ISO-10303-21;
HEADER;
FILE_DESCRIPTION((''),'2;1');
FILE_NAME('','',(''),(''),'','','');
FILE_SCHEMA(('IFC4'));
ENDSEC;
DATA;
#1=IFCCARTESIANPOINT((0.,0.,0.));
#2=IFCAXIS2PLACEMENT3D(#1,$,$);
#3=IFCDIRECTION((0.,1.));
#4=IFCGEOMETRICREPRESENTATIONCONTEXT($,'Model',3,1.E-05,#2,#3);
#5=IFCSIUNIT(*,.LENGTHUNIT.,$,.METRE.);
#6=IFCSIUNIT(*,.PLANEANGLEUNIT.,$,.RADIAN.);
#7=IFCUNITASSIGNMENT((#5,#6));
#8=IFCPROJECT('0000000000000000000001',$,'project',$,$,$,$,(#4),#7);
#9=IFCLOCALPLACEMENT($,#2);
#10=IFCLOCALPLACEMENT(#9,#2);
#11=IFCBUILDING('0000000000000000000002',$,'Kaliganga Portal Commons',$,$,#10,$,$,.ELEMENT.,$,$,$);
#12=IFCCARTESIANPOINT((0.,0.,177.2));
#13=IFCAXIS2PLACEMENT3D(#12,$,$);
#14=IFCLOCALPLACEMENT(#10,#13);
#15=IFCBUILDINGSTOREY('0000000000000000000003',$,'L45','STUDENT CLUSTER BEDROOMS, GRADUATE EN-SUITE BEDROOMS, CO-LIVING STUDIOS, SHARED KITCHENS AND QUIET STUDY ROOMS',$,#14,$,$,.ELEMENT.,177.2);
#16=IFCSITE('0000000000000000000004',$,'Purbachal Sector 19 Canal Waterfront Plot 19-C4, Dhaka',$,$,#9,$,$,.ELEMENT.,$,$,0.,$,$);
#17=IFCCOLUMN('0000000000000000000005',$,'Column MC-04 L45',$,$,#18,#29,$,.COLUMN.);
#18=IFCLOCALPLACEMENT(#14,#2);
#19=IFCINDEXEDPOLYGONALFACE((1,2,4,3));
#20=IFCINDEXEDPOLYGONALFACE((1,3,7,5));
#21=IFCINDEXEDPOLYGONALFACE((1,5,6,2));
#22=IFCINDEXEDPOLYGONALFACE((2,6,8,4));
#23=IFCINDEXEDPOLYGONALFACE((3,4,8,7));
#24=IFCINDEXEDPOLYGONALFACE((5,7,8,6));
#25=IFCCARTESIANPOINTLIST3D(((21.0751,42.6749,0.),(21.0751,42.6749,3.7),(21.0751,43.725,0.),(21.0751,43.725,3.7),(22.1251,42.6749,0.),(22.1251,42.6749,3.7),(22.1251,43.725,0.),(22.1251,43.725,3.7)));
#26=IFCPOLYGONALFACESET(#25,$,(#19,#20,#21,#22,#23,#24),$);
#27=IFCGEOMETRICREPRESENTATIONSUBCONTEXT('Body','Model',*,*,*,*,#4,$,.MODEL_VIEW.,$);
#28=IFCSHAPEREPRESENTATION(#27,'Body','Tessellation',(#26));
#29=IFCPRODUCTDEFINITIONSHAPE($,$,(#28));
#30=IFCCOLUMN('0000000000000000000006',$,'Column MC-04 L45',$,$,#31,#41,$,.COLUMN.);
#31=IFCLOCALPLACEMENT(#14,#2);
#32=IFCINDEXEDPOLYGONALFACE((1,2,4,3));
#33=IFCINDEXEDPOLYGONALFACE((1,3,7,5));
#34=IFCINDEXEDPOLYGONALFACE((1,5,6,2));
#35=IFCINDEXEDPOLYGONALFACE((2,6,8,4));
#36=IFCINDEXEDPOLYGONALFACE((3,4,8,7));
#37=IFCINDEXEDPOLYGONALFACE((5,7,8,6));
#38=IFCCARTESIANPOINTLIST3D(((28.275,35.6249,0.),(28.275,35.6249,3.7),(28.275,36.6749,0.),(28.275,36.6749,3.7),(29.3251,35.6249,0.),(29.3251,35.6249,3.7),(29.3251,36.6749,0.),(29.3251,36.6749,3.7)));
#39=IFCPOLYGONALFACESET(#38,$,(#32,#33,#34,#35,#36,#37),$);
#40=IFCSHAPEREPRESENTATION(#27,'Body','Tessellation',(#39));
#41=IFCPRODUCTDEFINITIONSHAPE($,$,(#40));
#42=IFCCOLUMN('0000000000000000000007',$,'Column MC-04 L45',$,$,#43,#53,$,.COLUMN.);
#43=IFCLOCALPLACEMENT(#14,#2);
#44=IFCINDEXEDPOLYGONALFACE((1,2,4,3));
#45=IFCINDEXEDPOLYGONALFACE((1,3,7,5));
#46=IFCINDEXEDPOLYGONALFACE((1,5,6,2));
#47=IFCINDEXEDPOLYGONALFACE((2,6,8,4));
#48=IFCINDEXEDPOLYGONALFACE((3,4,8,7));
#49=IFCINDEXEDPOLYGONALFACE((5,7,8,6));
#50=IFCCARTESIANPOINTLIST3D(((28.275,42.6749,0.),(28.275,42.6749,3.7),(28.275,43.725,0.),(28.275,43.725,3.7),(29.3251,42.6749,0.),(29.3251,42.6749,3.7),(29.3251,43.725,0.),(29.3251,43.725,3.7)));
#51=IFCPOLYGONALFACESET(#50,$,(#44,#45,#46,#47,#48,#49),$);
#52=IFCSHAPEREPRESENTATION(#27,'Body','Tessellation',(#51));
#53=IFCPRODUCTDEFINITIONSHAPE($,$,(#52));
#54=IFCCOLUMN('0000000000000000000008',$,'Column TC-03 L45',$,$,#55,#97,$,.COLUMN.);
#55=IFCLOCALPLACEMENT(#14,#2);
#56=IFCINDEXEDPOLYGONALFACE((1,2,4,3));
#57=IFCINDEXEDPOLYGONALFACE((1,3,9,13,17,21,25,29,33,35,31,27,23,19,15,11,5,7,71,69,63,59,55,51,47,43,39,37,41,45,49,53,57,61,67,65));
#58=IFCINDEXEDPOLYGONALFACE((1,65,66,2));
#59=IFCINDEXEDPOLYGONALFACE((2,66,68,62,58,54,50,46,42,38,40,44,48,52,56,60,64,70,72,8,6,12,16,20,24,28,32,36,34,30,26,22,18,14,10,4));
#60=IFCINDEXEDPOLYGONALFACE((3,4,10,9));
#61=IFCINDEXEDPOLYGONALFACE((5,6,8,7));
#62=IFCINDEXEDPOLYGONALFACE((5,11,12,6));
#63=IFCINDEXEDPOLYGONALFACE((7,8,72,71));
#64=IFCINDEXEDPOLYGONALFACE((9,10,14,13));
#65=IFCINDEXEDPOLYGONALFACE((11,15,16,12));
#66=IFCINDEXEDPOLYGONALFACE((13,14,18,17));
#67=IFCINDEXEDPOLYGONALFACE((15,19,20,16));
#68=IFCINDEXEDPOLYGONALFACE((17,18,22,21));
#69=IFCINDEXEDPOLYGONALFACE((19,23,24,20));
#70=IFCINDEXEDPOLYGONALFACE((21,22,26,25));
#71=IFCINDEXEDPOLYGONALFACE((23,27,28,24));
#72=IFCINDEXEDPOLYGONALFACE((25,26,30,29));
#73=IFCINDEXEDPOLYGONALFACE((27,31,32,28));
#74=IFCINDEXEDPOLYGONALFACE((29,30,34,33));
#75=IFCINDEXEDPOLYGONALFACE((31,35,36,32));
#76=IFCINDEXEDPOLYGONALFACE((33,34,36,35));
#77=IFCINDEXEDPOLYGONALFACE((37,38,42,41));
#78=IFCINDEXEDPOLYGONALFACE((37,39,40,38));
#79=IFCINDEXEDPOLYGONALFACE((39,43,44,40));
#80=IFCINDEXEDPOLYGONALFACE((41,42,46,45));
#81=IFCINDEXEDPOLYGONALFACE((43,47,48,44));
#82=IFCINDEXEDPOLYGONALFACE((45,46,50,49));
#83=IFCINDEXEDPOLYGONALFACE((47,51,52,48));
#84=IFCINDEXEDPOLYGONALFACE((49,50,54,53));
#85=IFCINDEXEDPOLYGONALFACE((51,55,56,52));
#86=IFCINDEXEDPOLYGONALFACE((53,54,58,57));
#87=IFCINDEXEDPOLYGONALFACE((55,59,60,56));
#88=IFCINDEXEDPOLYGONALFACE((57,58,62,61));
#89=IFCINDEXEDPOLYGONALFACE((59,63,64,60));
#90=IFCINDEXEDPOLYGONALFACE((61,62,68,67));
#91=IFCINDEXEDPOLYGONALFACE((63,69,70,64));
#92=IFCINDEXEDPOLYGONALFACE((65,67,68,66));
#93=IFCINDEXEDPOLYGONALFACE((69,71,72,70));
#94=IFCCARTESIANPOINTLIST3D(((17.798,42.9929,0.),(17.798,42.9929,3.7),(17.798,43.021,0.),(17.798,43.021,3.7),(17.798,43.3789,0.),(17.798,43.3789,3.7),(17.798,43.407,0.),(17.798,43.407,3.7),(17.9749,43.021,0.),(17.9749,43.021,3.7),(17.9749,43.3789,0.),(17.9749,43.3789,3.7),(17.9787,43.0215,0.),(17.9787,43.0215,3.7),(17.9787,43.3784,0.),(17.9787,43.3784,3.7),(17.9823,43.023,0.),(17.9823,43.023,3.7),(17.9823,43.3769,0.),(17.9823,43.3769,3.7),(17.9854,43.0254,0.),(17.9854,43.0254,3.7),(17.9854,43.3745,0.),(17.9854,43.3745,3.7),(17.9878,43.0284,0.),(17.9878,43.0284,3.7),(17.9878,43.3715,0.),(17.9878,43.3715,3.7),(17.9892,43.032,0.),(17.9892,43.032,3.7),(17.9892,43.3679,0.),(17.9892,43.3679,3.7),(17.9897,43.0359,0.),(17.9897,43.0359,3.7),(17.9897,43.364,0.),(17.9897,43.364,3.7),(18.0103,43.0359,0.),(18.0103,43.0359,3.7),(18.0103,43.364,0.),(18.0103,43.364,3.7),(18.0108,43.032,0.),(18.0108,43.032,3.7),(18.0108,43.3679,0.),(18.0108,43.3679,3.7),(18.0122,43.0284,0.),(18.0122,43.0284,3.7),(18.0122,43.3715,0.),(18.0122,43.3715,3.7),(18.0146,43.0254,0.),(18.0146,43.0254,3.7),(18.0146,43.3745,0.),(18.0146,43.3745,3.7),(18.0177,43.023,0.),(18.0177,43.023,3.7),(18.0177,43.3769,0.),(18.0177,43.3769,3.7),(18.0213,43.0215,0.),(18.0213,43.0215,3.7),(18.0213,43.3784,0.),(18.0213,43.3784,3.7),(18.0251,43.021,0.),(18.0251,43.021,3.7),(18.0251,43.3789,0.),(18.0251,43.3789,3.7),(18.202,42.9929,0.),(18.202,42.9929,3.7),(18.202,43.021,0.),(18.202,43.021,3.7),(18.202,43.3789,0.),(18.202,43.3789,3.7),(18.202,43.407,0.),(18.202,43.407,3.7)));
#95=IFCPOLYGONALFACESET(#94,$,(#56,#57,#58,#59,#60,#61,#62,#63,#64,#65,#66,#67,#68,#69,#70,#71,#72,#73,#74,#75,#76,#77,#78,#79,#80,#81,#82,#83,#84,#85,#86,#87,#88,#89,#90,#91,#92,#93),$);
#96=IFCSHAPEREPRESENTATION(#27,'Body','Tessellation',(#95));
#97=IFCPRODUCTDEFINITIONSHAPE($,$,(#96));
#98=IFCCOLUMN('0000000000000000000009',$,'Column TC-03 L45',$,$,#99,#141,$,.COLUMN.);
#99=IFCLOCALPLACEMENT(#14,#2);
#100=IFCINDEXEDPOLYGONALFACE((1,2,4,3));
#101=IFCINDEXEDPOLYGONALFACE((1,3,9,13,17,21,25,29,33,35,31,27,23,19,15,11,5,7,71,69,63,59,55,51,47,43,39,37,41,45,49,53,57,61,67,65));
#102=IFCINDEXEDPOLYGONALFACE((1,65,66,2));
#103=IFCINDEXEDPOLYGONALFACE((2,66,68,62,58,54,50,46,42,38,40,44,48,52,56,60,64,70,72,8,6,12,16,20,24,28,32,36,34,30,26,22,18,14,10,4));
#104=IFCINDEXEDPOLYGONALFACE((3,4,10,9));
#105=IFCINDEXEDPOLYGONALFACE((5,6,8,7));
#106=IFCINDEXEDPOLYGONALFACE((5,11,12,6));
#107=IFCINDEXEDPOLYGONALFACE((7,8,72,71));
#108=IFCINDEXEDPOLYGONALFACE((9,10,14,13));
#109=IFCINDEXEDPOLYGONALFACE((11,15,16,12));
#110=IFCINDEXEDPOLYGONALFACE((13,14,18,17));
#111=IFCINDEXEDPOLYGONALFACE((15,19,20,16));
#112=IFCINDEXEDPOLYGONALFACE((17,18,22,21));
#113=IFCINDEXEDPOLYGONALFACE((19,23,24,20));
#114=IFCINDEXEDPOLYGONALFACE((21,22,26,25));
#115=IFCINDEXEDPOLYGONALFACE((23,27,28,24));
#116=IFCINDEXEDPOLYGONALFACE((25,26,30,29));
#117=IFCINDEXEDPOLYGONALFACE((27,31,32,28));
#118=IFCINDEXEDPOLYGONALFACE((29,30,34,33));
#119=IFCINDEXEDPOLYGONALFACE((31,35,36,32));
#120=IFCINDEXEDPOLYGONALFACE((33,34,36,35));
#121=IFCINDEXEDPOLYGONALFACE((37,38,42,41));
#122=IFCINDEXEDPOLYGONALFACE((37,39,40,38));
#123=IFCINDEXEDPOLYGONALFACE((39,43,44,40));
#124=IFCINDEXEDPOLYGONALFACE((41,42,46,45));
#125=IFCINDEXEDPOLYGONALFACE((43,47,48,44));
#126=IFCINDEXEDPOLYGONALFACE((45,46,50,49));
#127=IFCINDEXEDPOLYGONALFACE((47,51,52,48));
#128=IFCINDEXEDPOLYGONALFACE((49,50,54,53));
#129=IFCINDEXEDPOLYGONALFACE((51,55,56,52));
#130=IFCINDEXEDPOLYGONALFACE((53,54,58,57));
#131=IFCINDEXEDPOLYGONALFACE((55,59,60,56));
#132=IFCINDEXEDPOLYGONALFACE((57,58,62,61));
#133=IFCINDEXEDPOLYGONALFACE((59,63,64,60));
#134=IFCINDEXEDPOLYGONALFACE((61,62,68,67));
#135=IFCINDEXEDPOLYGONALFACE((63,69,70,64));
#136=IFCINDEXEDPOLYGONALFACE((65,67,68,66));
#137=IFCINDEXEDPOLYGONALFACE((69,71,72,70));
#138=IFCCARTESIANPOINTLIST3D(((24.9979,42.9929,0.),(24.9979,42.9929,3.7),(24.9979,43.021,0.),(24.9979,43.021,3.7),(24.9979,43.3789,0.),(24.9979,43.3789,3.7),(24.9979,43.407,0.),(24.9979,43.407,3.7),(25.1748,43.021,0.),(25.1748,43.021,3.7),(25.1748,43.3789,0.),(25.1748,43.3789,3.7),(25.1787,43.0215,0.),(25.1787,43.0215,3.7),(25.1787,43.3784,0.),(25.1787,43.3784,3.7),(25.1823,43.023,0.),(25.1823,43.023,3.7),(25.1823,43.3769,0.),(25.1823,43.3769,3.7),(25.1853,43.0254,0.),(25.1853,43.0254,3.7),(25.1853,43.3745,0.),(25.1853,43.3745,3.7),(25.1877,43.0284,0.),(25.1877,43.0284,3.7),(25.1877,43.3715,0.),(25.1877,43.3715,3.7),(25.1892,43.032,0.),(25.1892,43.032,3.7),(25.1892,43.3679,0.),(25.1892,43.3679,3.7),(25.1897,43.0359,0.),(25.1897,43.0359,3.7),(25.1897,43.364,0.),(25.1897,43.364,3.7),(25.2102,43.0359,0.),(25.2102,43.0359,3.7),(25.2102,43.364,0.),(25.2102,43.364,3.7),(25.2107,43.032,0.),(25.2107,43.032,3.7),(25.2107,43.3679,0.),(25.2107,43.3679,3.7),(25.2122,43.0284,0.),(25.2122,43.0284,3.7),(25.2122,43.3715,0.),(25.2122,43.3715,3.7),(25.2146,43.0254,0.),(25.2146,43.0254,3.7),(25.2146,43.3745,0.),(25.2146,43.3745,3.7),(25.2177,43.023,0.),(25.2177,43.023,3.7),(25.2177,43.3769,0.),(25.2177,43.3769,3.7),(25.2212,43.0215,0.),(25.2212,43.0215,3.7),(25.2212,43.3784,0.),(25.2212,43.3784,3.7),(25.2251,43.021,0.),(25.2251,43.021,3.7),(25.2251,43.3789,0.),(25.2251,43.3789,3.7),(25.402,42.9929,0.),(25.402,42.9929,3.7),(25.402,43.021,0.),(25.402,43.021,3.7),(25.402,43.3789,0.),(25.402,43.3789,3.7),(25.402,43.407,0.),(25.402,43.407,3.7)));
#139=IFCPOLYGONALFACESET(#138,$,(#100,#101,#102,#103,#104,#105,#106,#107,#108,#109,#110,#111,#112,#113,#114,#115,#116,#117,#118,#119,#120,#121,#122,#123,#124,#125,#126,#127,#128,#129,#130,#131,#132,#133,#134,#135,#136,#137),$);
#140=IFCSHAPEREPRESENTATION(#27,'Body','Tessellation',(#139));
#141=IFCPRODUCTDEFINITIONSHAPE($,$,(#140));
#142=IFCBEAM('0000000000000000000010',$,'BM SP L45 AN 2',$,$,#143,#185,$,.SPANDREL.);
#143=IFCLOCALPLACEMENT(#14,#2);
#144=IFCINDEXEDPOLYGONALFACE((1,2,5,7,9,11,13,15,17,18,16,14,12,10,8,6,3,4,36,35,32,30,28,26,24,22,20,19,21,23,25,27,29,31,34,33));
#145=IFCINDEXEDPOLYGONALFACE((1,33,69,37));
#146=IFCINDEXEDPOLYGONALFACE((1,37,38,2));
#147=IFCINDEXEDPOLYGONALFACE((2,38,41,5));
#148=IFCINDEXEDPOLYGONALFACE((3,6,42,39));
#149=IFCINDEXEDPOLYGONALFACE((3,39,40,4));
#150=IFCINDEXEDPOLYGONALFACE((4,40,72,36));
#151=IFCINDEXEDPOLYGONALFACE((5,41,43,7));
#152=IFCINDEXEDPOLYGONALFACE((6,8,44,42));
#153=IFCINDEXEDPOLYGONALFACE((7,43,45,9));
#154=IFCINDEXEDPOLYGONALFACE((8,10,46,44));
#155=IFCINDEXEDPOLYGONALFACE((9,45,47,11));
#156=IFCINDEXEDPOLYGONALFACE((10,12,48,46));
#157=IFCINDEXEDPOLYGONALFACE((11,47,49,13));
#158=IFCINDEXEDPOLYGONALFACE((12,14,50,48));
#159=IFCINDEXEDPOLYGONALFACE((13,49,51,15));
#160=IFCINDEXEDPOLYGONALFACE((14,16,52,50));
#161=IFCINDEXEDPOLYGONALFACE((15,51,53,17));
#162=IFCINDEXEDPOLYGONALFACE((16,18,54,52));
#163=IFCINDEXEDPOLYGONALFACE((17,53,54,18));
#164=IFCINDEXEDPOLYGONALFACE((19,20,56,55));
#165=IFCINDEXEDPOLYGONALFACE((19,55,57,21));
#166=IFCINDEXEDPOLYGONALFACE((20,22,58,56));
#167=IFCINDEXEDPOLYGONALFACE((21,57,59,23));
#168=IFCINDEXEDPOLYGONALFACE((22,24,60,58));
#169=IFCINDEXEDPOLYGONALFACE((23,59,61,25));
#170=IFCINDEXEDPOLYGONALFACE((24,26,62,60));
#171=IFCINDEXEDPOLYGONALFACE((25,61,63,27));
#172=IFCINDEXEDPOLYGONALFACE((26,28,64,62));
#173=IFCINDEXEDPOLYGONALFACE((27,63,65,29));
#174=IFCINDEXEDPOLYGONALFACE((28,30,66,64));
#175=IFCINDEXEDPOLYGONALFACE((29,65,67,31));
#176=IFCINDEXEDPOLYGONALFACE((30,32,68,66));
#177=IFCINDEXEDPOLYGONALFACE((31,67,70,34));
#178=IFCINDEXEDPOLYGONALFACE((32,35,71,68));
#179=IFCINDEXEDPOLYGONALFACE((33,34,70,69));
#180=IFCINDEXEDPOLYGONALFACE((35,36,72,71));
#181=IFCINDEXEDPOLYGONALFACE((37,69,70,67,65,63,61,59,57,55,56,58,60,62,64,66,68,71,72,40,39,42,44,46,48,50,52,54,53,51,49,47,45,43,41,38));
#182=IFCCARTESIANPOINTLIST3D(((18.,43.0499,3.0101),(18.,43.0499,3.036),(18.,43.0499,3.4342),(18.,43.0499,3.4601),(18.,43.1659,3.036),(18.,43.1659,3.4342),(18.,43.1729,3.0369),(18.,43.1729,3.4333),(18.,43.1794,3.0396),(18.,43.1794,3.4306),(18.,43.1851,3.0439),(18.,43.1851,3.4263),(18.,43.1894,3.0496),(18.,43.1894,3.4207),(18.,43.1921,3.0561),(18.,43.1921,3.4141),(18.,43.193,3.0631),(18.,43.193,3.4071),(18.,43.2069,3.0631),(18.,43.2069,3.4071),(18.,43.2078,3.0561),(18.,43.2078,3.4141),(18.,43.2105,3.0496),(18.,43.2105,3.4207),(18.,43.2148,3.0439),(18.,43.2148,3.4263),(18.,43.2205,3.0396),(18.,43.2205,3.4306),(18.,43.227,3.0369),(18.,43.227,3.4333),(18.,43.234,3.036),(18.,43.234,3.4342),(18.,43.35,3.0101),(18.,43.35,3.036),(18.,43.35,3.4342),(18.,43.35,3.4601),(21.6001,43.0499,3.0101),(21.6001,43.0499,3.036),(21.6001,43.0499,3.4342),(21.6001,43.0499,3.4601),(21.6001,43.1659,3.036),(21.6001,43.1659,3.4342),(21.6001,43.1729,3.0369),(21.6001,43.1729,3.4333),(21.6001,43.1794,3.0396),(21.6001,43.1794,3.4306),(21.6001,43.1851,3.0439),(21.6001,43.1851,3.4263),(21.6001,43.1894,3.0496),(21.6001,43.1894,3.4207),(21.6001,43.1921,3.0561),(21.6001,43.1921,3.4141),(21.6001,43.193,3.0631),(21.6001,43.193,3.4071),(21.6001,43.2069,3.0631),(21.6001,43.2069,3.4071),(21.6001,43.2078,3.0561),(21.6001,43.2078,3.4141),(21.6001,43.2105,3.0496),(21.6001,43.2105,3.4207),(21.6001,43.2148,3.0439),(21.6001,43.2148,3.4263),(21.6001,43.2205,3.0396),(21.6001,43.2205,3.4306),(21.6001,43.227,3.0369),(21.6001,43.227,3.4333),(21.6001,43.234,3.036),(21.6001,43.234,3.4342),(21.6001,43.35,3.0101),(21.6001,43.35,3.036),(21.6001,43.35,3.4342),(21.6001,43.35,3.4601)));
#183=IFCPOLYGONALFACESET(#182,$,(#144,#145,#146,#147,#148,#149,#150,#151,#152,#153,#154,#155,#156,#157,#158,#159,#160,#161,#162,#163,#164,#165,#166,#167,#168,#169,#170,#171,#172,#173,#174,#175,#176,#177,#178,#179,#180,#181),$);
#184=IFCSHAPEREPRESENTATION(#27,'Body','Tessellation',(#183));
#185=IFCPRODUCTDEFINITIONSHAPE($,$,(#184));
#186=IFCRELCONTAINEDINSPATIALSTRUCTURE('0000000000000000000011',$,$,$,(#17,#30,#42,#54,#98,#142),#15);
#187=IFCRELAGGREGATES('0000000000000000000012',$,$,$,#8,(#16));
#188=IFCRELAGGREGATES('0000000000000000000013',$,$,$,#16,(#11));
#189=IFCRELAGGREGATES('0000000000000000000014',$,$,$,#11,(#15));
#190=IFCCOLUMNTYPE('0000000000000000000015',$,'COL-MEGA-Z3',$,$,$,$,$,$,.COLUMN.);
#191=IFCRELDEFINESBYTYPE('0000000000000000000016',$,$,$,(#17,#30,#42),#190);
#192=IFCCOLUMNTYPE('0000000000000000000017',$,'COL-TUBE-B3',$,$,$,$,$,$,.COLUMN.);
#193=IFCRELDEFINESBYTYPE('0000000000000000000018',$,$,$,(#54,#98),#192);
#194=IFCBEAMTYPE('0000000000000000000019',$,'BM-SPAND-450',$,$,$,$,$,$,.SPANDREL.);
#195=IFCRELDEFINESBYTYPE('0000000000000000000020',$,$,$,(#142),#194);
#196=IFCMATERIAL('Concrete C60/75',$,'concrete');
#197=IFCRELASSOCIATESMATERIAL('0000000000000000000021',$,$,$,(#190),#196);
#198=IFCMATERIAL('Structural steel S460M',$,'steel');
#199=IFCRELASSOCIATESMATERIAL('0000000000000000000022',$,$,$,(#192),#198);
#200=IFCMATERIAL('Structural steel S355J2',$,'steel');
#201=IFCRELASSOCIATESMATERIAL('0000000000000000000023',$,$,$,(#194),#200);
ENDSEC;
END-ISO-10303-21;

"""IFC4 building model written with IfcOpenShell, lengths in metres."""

from ifc_helpers import new_model, si_unit, direction, frame, origin, origin_2d, place, context, subcontext, project, spatial, rectangle, i_section, extrude, source, transform, mapped, material, material_profile, profile_set, type_object, element, save


model = new_model("IFC4")

# Units and contexts
model_context = context("Model", 3, precision=1e-05, world=origin(), true_north=direction((0.0, 1.0)))
body_context = subcontext(model_context, "Body", "Model", "MODEL_VIEW")
ifc_project = project(units=[si_unit("LENGTHUNIT", "METRE"), si_unit("PLANEANGLEUNIT", "RADIAN")], contexts=[model_context])

# Site, building, storey
site_placement = place(None, origin())
site = spatial("IfcSite", under=ifc_project, at=site_placement, Name="Purbachal Sector 19 Canal Waterfront Plot 19-C4, Dhaka", CompositionType="ELEMENT", RefElevation=0.0)
building_placement = place(site_placement, origin())
building = spatial("IfcBuilding", under=site, at=building_placement, Name="Kaliganga Portal Commons", CompositionType="ELEMENT")
storey_placement = place(building_placement, frame((0.0, 0.0, 177.2)))
storey = spatial("IfcBuildingStorey", under=building, at=storey_placement, Name="L45", Description="STUDENT CLUSTER BEDROOMS, GRADUATE EN-SUITE BEDROOMS, CO-LIVING STUDIOS, SHARED KITCHENS AND QUIET STUDY ROOMS", CompositionType="ELEMENT", Elevation=177.2)

# Columns
ifc_material_1 = material(Name="Concrete C60/75", Category="concrete")
ifc_material_profile_1 = material_profile(ifc_material_1, rectangle(XDim=1.05, YDim=1.05, at=origin_2d()), Name="RC 1050x1050")
ifc_profile_set_1 = profile_set([ifc_material_profile_1], Name="Concrete C60/75")
column_type_1 = type_object("IfcColumnType", Name="COL-MEGA-Z3", PredefinedType="COLUMN", material=ifc_profile_set_1)
shared_shape_1 = source(origin(), body_context, "Body", "SweptSolid", [
    extrude(rectangle(XDim=1.05, YDim=1.05, at=origin_2d()), origin(), (0.0, 0.0, 1.0), 3.7),
])
for number, where, z_axis, x_axis, name in (
    (1, (21.6001, 43.2, 0.0), (0.0, 0.0, 1.0), (1.0, 0.0, 0.0), "Column MC-04 L45"),
    (2, (28.8, 36.1499, 0.0), (0.0, 0.0, 1.0), (1.0, 0.0, 0.0), "Column MC-04 L45"),
    (3, (28.8, 43.2, 0.0), (0.0, 0.0, 1.0), (1.0, 0.0, 0.0), "Column MC-04 L45"),
):
    element("IfcColumn", number, at=place(storey_placement, frame(where, z_axis=z_axis, x_axis=x_axis)), inside=storey, type_object=column_type_1, Name=name, PredefinedType="COLUMN", context=body_context, shape_type="MappedRepresentation", body=[
        mapped(shared_shape_1, transform((0.0, 0.0, 0.0), x_axis=(1.0, 0.0, 0.0), y_axis=(0.0, 1.0, 0.0), z_axis=(0.0, 0.0, 1.0), scale=1.0)),
    ])
ifc_material_2 = material(Name="Structural steel S460M", Category="steel")
ifc_material_profile_2 = material_profile(ifc_material_2, i_section(OverallWidth=0.4041, OverallDepth=0.4141, WebThickness=0.0205, FlangeThickness=0.0281, FilletRadius=0.0149, at=origin_2d()), Name="HD 400x347")
ifc_profile_set_2 = profile_set([ifc_material_profile_2], Name="Structural steel S460M wide-flange")
column_type_2 = type_object("IfcColumnType", Name="COL-TUBE-B3", PredefinedType="COLUMN", material=ifc_profile_set_2)
shared_shape_2 = source(origin(), body_context, "Body", "SweptSolid", [
    extrude(i_section(OverallWidth=0.4041, OverallDepth=0.4141, WebThickness=0.0205, FlangeThickness=0.0281, FilletRadius=0.0149, at=origin_2d()), origin(), (0.0, 0.0, 1.0), 3.7),
])
for number, where, z_axis, x_axis, name in (
    (4, (18.0, 43.2, 0.0), (0.0, 0.0, 1.0), (1.0, 0.0, 0.0), "Column TC-03 L45"),
    (5, (25.2, 43.2, 0.0), (0.0, 0.0, 1.0), (1.0, 0.0, 0.0), "Column TC-03 L45"),
):
    element("IfcColumn", number, at=place(storey_placement, frame(where, z_axis=z_axis, x_axis=x_axis)), inside=storey, type_object=column_type_2, Name=name, PredefinedType="COLUMN", context=body_context, shape_type="MappedRepresentation", body=[
        mapped(shared_shape_2, transform((0.0, 0.0, 0.0), x_axis=(1.0, 0.0, 0.0), y_axis=(0.0, 1.0, 0.0), z_axis=(0.0, 0.0, 1.0), scale=1.0)),
    ])

# Beam
ifc_material_3 = material(Name="Structural steel S355J2", Category="steel")
ifc_material_profile_3 = material_profile(ifc_material_3, i_section(OverallWidth=0.3, OverallDepth=0.45, WebThickness=0.0139, FlangeThickness=0.0259, FilletRadius=0.0271, at=origin_2d()), Name="HE 450 B")
ifc_profile_set_3 = profile_set([ifc_material_profile_3], Name="Structural steel S355J2 wide-flange")
beam_type = type_object("IfcBeamType", Name="BM-SPAND-450", PredefinedType="SPANDREL", material=ifc_profile_set_3)
shared_shape_3 = source(origin(), body_context, "Body", "SweptSolid", [
    extrude(i_section(OverallWidth=0.3, OverallDepth=0.45, WebThickness=0.0139, FlangeThickness=0.0259, FilletRadius=0.0271, at=origin_2d()), origin(), (0.0, 0.0, 1.0), 3.6001),
])
for number, where, z_axis, x_axis, name in (
    (6, (18.0, 43.2, 3.2351), (1.0, 0.0, 0.0), (0.0, 1.0, 0.0), "BM SP L45 AN 2"),
):
    element("IfcBeam", number, at=place(storey_placement, frame(where, z_axis=z_axis, x_axis=x_axis)), inside=storey, type_object=beam_type, Name=name, PredefinedType="SPANDREL", context=body_context, shape_type="MappedRepresentation", body=[
        mapped(shared_shape_3, transform((0.0, 0.0, 0.0), x_axis=(1.0, 0.0, 0.0), y_axis=(0.0, 1.0, 0.0), z_axis=(0.0, 0.0, 1.0), scale=1.0)),
    ])

save(model, "model.ifc")
